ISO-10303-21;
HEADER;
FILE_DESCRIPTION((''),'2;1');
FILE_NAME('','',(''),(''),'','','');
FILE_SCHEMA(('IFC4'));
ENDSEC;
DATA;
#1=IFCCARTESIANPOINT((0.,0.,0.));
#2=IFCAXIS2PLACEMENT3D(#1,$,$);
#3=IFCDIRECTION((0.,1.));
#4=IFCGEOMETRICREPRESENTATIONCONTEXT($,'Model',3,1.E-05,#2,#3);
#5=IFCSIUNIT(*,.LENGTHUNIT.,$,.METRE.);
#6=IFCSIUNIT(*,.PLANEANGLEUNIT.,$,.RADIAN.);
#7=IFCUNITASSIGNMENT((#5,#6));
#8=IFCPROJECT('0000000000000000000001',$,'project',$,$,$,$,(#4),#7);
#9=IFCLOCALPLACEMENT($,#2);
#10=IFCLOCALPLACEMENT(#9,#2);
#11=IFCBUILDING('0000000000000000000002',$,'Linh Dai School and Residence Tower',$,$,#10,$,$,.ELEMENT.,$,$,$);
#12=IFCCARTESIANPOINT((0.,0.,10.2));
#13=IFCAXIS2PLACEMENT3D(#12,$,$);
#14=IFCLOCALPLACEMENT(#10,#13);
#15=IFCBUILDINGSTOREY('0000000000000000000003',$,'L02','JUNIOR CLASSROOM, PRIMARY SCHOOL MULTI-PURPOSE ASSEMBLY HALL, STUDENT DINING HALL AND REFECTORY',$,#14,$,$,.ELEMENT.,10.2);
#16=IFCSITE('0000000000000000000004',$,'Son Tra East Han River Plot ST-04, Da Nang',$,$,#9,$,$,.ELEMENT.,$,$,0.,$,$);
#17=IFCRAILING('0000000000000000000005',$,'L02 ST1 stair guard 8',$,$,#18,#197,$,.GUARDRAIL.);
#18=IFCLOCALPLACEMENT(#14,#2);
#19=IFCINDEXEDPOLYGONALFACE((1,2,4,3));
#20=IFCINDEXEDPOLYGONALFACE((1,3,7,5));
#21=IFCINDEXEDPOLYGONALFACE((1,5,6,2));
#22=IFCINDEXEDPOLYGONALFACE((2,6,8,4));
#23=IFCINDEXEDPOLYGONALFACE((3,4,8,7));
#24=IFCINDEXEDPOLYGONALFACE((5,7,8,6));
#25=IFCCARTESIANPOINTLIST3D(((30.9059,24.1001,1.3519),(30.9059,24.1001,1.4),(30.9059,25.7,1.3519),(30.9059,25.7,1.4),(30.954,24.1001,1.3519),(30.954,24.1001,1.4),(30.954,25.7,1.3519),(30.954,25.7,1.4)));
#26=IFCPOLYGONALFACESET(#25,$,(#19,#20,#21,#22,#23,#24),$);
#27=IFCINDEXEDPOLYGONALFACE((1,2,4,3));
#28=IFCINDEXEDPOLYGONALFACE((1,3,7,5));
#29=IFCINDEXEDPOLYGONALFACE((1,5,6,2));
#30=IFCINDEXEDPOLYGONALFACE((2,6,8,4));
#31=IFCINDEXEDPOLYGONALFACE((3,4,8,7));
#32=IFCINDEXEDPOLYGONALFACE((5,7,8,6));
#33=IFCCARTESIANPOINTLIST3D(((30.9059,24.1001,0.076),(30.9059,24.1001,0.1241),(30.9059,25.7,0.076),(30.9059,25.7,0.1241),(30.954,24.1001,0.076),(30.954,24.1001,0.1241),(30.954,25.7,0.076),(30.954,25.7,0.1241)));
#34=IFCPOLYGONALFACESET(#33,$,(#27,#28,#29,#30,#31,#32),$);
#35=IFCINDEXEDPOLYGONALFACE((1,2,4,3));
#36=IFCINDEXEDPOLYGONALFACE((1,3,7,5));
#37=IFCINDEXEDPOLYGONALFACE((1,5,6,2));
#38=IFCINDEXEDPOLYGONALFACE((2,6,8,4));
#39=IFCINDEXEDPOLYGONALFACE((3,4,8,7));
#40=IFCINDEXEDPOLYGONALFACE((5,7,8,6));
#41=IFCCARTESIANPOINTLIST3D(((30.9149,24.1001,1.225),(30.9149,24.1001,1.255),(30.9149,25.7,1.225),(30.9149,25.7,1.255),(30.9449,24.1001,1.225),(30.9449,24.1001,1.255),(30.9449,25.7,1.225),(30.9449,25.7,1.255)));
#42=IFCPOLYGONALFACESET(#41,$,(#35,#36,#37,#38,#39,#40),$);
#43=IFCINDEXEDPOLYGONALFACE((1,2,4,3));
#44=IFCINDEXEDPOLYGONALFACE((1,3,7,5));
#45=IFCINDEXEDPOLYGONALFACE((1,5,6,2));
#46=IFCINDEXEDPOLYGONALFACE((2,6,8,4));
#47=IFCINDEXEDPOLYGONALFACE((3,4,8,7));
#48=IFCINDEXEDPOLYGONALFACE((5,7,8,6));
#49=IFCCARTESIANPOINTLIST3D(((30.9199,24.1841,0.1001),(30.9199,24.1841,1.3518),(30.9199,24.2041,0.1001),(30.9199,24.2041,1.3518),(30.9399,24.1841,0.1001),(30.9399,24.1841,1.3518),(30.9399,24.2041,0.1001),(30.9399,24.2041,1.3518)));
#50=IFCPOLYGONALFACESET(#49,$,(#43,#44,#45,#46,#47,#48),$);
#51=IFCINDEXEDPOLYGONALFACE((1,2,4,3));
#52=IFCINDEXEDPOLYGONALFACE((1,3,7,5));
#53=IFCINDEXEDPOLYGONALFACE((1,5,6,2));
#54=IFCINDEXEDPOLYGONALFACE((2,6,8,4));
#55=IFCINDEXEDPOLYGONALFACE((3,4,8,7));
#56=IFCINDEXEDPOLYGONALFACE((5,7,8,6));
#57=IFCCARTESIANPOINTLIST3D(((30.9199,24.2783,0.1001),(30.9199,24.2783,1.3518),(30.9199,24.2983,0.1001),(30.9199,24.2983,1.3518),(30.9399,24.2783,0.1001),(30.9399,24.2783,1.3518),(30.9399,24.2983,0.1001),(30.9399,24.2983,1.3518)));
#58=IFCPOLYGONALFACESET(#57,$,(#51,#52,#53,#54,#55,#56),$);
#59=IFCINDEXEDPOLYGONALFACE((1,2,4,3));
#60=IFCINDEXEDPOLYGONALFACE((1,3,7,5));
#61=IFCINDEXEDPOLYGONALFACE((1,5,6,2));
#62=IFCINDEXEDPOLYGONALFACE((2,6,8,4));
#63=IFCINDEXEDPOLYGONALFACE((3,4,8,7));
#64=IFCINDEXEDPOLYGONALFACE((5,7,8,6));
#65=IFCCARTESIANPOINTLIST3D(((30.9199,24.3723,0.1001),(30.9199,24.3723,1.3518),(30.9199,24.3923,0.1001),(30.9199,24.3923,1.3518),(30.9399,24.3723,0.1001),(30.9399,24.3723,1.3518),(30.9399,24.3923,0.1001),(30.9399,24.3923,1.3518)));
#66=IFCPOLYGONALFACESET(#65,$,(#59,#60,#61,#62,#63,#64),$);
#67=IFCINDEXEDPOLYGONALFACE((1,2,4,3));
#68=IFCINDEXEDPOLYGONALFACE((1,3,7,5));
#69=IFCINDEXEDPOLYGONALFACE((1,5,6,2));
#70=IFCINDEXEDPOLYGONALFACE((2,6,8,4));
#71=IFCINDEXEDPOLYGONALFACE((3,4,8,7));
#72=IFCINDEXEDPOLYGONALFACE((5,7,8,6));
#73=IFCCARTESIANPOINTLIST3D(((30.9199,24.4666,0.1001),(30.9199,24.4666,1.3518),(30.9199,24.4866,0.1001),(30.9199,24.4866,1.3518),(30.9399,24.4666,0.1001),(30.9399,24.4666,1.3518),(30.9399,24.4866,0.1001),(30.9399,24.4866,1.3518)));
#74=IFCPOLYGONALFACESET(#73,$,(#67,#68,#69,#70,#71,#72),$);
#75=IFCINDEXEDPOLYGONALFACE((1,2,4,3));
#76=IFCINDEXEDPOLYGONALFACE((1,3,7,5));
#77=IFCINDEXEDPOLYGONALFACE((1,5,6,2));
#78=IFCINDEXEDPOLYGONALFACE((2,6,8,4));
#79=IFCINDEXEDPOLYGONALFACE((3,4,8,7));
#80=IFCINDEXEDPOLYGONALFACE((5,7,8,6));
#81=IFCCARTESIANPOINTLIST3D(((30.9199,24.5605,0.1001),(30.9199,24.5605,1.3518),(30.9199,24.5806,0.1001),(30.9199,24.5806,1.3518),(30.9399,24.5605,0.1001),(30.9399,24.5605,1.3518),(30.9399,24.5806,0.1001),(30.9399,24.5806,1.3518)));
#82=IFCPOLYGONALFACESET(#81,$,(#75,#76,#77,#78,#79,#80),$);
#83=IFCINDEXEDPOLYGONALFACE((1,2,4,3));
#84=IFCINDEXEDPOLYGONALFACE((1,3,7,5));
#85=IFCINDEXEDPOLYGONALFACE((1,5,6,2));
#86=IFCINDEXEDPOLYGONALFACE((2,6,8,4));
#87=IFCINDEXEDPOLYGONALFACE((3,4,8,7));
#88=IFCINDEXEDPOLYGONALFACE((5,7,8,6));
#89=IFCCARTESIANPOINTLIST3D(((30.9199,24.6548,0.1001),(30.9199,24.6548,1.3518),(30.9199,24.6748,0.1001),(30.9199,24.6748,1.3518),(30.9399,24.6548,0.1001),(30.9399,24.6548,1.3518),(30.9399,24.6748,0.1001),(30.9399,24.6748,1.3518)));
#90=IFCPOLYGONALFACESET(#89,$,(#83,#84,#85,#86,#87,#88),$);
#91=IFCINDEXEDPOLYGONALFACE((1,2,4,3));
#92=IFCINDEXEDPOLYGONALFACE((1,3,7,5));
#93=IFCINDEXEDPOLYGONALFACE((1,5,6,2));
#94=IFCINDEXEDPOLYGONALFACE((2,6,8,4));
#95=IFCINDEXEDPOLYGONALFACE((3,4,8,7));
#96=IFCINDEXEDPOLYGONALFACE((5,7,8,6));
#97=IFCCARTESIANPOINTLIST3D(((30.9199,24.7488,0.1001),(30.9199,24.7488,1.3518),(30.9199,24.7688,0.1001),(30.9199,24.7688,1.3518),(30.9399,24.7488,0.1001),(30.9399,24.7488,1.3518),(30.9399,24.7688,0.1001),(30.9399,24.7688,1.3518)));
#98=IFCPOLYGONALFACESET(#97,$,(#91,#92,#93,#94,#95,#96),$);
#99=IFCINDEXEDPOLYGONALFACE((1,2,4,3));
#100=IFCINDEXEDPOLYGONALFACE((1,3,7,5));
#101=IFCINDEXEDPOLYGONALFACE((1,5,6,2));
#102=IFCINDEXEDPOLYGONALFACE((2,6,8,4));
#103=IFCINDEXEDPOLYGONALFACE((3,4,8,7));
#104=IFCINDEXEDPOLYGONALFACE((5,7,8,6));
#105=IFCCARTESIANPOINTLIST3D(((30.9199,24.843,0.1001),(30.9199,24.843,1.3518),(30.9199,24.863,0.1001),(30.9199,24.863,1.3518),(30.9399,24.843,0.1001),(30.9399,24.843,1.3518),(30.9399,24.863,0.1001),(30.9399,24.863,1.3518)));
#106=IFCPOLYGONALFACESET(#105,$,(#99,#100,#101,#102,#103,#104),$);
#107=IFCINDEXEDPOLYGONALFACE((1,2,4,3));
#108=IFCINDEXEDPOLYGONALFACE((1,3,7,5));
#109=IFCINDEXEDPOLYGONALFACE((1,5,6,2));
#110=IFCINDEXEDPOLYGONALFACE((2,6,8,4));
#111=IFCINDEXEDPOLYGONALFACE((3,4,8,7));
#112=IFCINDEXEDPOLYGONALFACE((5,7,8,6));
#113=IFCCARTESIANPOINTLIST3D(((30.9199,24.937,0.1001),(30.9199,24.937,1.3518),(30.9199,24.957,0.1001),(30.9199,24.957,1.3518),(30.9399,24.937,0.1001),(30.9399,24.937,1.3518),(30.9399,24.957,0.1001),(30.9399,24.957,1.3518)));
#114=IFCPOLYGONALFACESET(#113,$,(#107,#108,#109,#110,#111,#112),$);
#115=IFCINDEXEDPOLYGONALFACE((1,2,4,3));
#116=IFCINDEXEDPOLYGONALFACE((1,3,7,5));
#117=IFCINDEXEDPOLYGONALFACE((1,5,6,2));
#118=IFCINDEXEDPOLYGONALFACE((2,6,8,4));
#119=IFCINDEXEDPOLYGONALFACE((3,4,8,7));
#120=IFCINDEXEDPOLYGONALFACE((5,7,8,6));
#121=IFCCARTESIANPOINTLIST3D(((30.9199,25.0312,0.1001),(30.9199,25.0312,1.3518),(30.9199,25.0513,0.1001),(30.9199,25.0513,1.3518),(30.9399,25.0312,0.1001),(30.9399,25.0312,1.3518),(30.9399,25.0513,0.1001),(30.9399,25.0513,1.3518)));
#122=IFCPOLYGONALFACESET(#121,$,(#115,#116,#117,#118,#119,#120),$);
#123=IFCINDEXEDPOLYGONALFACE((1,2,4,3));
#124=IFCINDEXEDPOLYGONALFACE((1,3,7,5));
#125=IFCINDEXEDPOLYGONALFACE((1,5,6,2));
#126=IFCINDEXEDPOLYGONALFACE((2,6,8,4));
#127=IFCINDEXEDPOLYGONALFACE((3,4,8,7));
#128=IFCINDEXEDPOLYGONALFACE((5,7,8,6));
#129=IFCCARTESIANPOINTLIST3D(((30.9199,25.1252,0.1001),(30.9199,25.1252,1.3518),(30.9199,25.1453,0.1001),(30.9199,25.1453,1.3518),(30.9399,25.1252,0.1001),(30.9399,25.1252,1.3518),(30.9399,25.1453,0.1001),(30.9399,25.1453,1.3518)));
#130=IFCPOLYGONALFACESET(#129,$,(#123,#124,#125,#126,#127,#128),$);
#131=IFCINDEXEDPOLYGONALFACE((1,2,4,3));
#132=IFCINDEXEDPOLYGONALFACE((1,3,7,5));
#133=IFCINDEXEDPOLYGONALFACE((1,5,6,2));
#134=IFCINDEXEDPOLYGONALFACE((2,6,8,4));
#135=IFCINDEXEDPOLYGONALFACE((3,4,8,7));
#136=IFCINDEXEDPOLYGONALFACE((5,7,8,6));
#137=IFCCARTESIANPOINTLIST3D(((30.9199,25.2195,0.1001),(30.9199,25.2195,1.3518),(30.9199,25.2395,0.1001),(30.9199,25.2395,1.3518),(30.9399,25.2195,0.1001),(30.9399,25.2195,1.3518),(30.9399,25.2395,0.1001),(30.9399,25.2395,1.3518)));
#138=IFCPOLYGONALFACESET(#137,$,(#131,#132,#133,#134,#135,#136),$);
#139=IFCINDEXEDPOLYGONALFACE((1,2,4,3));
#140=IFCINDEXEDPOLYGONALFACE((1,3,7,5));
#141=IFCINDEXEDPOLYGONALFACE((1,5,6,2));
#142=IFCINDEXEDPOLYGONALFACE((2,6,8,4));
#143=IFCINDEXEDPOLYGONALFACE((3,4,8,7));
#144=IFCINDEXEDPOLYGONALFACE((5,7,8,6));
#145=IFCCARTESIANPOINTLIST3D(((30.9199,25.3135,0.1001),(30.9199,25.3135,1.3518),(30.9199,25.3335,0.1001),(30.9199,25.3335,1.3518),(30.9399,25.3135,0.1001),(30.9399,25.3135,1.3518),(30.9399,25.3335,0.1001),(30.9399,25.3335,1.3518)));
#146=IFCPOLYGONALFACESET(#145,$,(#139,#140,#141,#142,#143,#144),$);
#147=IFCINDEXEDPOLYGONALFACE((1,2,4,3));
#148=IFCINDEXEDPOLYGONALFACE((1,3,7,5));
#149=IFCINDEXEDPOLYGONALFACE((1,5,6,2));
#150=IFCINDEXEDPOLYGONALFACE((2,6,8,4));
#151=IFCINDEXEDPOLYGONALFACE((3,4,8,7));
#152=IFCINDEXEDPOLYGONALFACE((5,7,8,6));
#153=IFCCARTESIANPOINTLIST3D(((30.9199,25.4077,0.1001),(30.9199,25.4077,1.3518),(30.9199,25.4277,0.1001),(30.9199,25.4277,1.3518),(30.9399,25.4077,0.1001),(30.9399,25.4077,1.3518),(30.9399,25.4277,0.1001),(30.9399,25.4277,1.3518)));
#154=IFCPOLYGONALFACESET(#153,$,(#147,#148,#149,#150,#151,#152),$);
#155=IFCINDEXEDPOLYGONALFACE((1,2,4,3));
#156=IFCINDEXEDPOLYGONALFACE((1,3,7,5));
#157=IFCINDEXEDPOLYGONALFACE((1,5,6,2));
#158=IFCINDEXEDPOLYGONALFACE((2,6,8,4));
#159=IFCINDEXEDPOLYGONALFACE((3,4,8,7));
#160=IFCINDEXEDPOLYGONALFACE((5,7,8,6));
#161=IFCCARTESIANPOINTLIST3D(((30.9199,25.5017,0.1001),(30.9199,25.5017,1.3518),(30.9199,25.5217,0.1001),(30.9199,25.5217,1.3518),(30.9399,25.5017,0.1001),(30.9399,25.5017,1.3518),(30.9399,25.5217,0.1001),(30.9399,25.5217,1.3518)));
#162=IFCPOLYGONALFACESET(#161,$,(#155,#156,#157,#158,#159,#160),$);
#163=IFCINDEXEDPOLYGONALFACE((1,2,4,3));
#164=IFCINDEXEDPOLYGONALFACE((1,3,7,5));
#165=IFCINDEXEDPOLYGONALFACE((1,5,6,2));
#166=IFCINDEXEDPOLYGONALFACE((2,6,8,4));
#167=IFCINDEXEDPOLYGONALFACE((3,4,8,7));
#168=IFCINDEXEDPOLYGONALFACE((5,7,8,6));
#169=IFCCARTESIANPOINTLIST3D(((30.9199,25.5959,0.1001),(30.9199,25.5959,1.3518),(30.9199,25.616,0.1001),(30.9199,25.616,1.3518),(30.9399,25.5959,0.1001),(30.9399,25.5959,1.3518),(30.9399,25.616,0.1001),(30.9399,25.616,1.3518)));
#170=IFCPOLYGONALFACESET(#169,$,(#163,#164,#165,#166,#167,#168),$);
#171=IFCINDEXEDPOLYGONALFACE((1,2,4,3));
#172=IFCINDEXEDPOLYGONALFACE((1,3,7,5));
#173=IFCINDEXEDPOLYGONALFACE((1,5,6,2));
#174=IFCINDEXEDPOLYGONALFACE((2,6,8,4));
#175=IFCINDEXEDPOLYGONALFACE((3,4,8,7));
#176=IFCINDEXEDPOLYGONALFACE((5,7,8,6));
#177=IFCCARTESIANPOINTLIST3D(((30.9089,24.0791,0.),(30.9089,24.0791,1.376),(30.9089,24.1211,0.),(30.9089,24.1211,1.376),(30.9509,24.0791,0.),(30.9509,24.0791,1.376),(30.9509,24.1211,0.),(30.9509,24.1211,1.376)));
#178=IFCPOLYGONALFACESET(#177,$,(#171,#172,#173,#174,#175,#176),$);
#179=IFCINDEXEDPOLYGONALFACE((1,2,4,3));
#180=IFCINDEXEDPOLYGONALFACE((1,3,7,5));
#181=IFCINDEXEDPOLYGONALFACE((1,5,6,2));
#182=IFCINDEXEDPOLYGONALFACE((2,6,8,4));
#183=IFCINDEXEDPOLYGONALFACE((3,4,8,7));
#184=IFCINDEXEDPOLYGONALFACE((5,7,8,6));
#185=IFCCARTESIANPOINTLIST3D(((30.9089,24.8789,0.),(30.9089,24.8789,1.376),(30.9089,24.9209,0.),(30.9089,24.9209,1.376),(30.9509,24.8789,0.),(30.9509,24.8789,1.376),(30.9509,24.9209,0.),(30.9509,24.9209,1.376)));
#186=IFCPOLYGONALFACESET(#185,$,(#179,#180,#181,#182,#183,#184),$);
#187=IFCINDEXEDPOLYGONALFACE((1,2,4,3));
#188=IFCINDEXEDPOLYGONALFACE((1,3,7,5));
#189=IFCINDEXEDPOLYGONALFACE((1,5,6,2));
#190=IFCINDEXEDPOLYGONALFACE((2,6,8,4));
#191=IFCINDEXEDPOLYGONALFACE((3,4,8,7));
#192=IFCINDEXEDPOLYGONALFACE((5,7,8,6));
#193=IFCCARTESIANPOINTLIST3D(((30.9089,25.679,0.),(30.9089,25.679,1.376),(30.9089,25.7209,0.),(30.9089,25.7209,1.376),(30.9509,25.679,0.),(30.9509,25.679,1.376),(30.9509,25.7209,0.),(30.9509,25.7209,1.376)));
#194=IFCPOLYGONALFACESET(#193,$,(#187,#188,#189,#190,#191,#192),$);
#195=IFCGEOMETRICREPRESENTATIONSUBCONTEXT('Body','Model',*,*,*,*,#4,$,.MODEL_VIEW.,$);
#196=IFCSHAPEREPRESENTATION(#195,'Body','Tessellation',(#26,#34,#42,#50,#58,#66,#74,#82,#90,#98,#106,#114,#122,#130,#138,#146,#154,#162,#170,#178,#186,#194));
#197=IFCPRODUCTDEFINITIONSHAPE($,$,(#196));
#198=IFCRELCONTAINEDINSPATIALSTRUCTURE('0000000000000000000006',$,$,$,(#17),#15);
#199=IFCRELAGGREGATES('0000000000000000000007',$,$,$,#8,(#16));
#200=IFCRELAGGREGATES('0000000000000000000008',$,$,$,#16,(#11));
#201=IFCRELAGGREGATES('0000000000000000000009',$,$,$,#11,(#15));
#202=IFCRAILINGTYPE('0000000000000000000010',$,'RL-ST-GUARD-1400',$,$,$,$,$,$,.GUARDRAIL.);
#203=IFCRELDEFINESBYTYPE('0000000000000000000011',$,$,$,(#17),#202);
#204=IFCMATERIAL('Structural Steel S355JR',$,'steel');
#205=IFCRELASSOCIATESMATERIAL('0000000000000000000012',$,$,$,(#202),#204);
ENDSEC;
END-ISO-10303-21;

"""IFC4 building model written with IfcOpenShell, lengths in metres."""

from ifc_helpers import new_model, si_unit, direction, frame, origin, origin_2d, place, context, subcontext, project, spatial, rectangle, extrude, source, transform, mapped, material, type_object, element, save


model = new_model("IFC4")

# Units and contexts
model_context = context("Model", 3, precision=1e-05, world=origin(), true_north=direction((0.0, 1.0)))
body_context = subcontext(model_context, "Body", "Model", "MODEL_VIEW")
ifc_project = project(units=[si_unit("LENGTHUNIT", "METRE"), si_unit("PLANEANGLEUNIT", "RADIAN")], contexts=[model_context])

# Site, building, storey
site_placement = place(None, origin())
site = spatial("IfcSite", under=ifc_project, at=site_placement, Name="Son Tra East Han River Plot ST-04, Da Nang", CompositionType="ELEMENT", RefElevation=0.0)
building_placement = place(site_placement, origin())
building = spatial("IfcBuilding", under=site, at=building_placement, Name="Linh Dai School and Residence Tower", CompositionType="ELEMENT")
storey_placement = place(building_placement, frame((0.0, 0.0, 10.2)))
storey = spatial("IfcBuildingStorey", under=building, at=storey_placement, Name="L02", Description="JUNIOR CLASSROOM, PRIMARY SCHOOL MULTI-PURPOSE ASSEMBLY HALL, STUDENT DINING HALL AND REFECTORY", CompositionType="ELEMENT", Elevation=10.2)

# Shared definitions
ifc_material_1 = material(Name="Structural Steel S355JR", Category="steel")

# Railing
railing_type_1 = type_object("IfcRailingType", Name="RL-ST-GUARD-1400", PredefinedType="GUARDRAIL", material=ifc_material_1)
shared_shape_1 = source(origin(), body_context, "Body", "SweptSolid", [
    extrude(rectangle(XDim=0.0481, YDim=0.0481, at=origin_2d()), frame((0.0, 0.0, 1.376), z_axis=(0.0, 1.0, 0.0), x_axis=(-1.0, 0.0, 0.0)), (0.0, 0.0, 1.0), 1.5999),
    extrude(rectangle(XDim=0.0481, YDim=0.0481, at=origin_2d()), frame((0.0, 0.0, 0.1001), z_axis=(0.0, 1.0, 0.0), x_axis=(-1.0, 0.0, 0.0)), (0.0, 0.0, 1.0), 1.5999),
    extrude(rectangle(XDim=0.03, YDim=0.03, at=origin_2d()), frame((0.0, 0.0, 1.24), z_axis=(0.0, 1.0, 0.0), x_axis=(-1.0, 0.0, 0.0)), (0.0, 0.0, 1.0), 1.5999),
    extrude(rectangle(XDim=0.02, YDim=0.02, at=origin_2d()), frame((0.0, 0.094, 0.1001)), (0.0, 0.0, 1.0), 1.2517),
    extrude(rectangle(XDim=0.02, YDim=0.02, at=origin_2d()), frame((0.0, 0.1882, 0.1001)), (0.0, 0.0, 1.0), 1.2517),
    extrude(rectangle(XDim=0.02, YDim=0.02, at=origin_2d()), frame((0.0, 0.2822, 0.1001)), (0.0, 0.0, 1.0), 1.2517),
    extrude(rectangle(XDim=0.02, YDim=0.02, at=origin_2d()), frame((0.0, 0.3765, 0.1001)), (0.0, 0.0, 1.0), 1.2517),
    extrude(rectangle(XDim=0.02, YDim=0.02, at=origin_2d()), frame((0.0, 0.4705, 0.1001)), (0.0, 0.0, 1.0), 1.2517),
    extrude(rectangle(XDim=0.02, YDim=0.02, at=origin_2d()), frame((0.0, 0.5647, 0.1001)), (0.0, 0.0, 1.0), 1.2517),
    extrude(rectangle(XDim=0.02, YDim=0.02, at=origin_2d()), frame((0.0, 0.6587, 0.1001)), (0.0, 0.0, 1.0), 1.2517),
    extrude(rectangle(XDim=0.02, YDim=0.02, at=origin_2d()), frame((0.0, 0.7529, 0.1001)), (0.0, 0.0, 1.0), 1.2517),
    extrude(rectangle(XDim=0.02, YDim=0.02, at=origin_2d()), frame((0.0, 0.8469, 0.1001)), (0.0, 0.0, 1.0), 1.2517),
    extrude(rectangle(XDim=0.02, YDim=0.02, at=origin_2d()), frame((0.0, 0.9412, 0.1001)), (0.0, 0.0, 1.0), 1.2517),
    extrude(rectangle(XDim=0.02, YDim=0.02, at=origin_2d()), frame((0.0, 1.0352, 0.1001)), (0.0, 0.0, 1.0), 1.2517),
    extrude(rectangle(XDim=0.02, YDim=0.02, at=origin_2d()), frame((0.0, 1.1294, 0.1001)), (0.0, 0.0, 1.0), 1.2517),
    extrude(rectangle(XDim=0.02, YDim=0.02, at=origin_2d()), frame((0.0, 1.2234, 0.1001)), (0.0, 0.0, 1.0), 1.2517),
    extrude(rectangle(XDim=0.02, YDim=0.02, at=origin_2d()), frame((0.0, 1.3176, 0.1001)), (0.0, 0.0, 1.0), 1.2517),
    extrude(rectangle(XDim=0.02, YDim=0.02, at=origin_2d()), frame((0.0, 1.4116, 0.1001)), (0.0, 0.0, 1.0), 1.2517),
    extrude(rectangle(XDim=0.02, YDim=0.02, at=origin_2d()), frame((0.0, 1.5059, 0.1001)), (0.0, 0.0, 1.0), 1.2517),
    extrude(rectangle(XDim=0.042, YDim=0.042, at=origin_2d()), origin(), (0.0, 0.0, 1.0), 1.376),
    extrude(rectangle(XDim=0.042, YDim=0.042, at=origin_2d()), frame((0.0, 0.7998, 0.0)), (0.0, 0.0, 1.0), 1.376),
    extrude(rectangle(XDim=0.042, YDim=0.042, at=origin_2d()), frame((0.0, 1.5999, 0.0)), (0.0, 0.0, 1.0), 1.376),
])
for number, where, name in (
    (1, (30.9299, 24.1001, 0.0), "L02 ST1 stair guard 8"),
):
    element("IfcRailing", number, at=place(storey_placement, frame(where)), inside=storey, type_object=railing_type_1, Name=name, PredefinedType="GUARDRAIL", context=body_context, shape_type="MappedRepresentation", body=[
        mapped(shared_shape_1, transform((0.0, 0.0, 0.0), x_axis=(1.0, 0.0, 0.0), y_axis=(0.0, 1.0, 0.0), z_axis=(0.0, 0.0, 1.0), scale=1.0)),
    ])

save(model, "model.ifc")
